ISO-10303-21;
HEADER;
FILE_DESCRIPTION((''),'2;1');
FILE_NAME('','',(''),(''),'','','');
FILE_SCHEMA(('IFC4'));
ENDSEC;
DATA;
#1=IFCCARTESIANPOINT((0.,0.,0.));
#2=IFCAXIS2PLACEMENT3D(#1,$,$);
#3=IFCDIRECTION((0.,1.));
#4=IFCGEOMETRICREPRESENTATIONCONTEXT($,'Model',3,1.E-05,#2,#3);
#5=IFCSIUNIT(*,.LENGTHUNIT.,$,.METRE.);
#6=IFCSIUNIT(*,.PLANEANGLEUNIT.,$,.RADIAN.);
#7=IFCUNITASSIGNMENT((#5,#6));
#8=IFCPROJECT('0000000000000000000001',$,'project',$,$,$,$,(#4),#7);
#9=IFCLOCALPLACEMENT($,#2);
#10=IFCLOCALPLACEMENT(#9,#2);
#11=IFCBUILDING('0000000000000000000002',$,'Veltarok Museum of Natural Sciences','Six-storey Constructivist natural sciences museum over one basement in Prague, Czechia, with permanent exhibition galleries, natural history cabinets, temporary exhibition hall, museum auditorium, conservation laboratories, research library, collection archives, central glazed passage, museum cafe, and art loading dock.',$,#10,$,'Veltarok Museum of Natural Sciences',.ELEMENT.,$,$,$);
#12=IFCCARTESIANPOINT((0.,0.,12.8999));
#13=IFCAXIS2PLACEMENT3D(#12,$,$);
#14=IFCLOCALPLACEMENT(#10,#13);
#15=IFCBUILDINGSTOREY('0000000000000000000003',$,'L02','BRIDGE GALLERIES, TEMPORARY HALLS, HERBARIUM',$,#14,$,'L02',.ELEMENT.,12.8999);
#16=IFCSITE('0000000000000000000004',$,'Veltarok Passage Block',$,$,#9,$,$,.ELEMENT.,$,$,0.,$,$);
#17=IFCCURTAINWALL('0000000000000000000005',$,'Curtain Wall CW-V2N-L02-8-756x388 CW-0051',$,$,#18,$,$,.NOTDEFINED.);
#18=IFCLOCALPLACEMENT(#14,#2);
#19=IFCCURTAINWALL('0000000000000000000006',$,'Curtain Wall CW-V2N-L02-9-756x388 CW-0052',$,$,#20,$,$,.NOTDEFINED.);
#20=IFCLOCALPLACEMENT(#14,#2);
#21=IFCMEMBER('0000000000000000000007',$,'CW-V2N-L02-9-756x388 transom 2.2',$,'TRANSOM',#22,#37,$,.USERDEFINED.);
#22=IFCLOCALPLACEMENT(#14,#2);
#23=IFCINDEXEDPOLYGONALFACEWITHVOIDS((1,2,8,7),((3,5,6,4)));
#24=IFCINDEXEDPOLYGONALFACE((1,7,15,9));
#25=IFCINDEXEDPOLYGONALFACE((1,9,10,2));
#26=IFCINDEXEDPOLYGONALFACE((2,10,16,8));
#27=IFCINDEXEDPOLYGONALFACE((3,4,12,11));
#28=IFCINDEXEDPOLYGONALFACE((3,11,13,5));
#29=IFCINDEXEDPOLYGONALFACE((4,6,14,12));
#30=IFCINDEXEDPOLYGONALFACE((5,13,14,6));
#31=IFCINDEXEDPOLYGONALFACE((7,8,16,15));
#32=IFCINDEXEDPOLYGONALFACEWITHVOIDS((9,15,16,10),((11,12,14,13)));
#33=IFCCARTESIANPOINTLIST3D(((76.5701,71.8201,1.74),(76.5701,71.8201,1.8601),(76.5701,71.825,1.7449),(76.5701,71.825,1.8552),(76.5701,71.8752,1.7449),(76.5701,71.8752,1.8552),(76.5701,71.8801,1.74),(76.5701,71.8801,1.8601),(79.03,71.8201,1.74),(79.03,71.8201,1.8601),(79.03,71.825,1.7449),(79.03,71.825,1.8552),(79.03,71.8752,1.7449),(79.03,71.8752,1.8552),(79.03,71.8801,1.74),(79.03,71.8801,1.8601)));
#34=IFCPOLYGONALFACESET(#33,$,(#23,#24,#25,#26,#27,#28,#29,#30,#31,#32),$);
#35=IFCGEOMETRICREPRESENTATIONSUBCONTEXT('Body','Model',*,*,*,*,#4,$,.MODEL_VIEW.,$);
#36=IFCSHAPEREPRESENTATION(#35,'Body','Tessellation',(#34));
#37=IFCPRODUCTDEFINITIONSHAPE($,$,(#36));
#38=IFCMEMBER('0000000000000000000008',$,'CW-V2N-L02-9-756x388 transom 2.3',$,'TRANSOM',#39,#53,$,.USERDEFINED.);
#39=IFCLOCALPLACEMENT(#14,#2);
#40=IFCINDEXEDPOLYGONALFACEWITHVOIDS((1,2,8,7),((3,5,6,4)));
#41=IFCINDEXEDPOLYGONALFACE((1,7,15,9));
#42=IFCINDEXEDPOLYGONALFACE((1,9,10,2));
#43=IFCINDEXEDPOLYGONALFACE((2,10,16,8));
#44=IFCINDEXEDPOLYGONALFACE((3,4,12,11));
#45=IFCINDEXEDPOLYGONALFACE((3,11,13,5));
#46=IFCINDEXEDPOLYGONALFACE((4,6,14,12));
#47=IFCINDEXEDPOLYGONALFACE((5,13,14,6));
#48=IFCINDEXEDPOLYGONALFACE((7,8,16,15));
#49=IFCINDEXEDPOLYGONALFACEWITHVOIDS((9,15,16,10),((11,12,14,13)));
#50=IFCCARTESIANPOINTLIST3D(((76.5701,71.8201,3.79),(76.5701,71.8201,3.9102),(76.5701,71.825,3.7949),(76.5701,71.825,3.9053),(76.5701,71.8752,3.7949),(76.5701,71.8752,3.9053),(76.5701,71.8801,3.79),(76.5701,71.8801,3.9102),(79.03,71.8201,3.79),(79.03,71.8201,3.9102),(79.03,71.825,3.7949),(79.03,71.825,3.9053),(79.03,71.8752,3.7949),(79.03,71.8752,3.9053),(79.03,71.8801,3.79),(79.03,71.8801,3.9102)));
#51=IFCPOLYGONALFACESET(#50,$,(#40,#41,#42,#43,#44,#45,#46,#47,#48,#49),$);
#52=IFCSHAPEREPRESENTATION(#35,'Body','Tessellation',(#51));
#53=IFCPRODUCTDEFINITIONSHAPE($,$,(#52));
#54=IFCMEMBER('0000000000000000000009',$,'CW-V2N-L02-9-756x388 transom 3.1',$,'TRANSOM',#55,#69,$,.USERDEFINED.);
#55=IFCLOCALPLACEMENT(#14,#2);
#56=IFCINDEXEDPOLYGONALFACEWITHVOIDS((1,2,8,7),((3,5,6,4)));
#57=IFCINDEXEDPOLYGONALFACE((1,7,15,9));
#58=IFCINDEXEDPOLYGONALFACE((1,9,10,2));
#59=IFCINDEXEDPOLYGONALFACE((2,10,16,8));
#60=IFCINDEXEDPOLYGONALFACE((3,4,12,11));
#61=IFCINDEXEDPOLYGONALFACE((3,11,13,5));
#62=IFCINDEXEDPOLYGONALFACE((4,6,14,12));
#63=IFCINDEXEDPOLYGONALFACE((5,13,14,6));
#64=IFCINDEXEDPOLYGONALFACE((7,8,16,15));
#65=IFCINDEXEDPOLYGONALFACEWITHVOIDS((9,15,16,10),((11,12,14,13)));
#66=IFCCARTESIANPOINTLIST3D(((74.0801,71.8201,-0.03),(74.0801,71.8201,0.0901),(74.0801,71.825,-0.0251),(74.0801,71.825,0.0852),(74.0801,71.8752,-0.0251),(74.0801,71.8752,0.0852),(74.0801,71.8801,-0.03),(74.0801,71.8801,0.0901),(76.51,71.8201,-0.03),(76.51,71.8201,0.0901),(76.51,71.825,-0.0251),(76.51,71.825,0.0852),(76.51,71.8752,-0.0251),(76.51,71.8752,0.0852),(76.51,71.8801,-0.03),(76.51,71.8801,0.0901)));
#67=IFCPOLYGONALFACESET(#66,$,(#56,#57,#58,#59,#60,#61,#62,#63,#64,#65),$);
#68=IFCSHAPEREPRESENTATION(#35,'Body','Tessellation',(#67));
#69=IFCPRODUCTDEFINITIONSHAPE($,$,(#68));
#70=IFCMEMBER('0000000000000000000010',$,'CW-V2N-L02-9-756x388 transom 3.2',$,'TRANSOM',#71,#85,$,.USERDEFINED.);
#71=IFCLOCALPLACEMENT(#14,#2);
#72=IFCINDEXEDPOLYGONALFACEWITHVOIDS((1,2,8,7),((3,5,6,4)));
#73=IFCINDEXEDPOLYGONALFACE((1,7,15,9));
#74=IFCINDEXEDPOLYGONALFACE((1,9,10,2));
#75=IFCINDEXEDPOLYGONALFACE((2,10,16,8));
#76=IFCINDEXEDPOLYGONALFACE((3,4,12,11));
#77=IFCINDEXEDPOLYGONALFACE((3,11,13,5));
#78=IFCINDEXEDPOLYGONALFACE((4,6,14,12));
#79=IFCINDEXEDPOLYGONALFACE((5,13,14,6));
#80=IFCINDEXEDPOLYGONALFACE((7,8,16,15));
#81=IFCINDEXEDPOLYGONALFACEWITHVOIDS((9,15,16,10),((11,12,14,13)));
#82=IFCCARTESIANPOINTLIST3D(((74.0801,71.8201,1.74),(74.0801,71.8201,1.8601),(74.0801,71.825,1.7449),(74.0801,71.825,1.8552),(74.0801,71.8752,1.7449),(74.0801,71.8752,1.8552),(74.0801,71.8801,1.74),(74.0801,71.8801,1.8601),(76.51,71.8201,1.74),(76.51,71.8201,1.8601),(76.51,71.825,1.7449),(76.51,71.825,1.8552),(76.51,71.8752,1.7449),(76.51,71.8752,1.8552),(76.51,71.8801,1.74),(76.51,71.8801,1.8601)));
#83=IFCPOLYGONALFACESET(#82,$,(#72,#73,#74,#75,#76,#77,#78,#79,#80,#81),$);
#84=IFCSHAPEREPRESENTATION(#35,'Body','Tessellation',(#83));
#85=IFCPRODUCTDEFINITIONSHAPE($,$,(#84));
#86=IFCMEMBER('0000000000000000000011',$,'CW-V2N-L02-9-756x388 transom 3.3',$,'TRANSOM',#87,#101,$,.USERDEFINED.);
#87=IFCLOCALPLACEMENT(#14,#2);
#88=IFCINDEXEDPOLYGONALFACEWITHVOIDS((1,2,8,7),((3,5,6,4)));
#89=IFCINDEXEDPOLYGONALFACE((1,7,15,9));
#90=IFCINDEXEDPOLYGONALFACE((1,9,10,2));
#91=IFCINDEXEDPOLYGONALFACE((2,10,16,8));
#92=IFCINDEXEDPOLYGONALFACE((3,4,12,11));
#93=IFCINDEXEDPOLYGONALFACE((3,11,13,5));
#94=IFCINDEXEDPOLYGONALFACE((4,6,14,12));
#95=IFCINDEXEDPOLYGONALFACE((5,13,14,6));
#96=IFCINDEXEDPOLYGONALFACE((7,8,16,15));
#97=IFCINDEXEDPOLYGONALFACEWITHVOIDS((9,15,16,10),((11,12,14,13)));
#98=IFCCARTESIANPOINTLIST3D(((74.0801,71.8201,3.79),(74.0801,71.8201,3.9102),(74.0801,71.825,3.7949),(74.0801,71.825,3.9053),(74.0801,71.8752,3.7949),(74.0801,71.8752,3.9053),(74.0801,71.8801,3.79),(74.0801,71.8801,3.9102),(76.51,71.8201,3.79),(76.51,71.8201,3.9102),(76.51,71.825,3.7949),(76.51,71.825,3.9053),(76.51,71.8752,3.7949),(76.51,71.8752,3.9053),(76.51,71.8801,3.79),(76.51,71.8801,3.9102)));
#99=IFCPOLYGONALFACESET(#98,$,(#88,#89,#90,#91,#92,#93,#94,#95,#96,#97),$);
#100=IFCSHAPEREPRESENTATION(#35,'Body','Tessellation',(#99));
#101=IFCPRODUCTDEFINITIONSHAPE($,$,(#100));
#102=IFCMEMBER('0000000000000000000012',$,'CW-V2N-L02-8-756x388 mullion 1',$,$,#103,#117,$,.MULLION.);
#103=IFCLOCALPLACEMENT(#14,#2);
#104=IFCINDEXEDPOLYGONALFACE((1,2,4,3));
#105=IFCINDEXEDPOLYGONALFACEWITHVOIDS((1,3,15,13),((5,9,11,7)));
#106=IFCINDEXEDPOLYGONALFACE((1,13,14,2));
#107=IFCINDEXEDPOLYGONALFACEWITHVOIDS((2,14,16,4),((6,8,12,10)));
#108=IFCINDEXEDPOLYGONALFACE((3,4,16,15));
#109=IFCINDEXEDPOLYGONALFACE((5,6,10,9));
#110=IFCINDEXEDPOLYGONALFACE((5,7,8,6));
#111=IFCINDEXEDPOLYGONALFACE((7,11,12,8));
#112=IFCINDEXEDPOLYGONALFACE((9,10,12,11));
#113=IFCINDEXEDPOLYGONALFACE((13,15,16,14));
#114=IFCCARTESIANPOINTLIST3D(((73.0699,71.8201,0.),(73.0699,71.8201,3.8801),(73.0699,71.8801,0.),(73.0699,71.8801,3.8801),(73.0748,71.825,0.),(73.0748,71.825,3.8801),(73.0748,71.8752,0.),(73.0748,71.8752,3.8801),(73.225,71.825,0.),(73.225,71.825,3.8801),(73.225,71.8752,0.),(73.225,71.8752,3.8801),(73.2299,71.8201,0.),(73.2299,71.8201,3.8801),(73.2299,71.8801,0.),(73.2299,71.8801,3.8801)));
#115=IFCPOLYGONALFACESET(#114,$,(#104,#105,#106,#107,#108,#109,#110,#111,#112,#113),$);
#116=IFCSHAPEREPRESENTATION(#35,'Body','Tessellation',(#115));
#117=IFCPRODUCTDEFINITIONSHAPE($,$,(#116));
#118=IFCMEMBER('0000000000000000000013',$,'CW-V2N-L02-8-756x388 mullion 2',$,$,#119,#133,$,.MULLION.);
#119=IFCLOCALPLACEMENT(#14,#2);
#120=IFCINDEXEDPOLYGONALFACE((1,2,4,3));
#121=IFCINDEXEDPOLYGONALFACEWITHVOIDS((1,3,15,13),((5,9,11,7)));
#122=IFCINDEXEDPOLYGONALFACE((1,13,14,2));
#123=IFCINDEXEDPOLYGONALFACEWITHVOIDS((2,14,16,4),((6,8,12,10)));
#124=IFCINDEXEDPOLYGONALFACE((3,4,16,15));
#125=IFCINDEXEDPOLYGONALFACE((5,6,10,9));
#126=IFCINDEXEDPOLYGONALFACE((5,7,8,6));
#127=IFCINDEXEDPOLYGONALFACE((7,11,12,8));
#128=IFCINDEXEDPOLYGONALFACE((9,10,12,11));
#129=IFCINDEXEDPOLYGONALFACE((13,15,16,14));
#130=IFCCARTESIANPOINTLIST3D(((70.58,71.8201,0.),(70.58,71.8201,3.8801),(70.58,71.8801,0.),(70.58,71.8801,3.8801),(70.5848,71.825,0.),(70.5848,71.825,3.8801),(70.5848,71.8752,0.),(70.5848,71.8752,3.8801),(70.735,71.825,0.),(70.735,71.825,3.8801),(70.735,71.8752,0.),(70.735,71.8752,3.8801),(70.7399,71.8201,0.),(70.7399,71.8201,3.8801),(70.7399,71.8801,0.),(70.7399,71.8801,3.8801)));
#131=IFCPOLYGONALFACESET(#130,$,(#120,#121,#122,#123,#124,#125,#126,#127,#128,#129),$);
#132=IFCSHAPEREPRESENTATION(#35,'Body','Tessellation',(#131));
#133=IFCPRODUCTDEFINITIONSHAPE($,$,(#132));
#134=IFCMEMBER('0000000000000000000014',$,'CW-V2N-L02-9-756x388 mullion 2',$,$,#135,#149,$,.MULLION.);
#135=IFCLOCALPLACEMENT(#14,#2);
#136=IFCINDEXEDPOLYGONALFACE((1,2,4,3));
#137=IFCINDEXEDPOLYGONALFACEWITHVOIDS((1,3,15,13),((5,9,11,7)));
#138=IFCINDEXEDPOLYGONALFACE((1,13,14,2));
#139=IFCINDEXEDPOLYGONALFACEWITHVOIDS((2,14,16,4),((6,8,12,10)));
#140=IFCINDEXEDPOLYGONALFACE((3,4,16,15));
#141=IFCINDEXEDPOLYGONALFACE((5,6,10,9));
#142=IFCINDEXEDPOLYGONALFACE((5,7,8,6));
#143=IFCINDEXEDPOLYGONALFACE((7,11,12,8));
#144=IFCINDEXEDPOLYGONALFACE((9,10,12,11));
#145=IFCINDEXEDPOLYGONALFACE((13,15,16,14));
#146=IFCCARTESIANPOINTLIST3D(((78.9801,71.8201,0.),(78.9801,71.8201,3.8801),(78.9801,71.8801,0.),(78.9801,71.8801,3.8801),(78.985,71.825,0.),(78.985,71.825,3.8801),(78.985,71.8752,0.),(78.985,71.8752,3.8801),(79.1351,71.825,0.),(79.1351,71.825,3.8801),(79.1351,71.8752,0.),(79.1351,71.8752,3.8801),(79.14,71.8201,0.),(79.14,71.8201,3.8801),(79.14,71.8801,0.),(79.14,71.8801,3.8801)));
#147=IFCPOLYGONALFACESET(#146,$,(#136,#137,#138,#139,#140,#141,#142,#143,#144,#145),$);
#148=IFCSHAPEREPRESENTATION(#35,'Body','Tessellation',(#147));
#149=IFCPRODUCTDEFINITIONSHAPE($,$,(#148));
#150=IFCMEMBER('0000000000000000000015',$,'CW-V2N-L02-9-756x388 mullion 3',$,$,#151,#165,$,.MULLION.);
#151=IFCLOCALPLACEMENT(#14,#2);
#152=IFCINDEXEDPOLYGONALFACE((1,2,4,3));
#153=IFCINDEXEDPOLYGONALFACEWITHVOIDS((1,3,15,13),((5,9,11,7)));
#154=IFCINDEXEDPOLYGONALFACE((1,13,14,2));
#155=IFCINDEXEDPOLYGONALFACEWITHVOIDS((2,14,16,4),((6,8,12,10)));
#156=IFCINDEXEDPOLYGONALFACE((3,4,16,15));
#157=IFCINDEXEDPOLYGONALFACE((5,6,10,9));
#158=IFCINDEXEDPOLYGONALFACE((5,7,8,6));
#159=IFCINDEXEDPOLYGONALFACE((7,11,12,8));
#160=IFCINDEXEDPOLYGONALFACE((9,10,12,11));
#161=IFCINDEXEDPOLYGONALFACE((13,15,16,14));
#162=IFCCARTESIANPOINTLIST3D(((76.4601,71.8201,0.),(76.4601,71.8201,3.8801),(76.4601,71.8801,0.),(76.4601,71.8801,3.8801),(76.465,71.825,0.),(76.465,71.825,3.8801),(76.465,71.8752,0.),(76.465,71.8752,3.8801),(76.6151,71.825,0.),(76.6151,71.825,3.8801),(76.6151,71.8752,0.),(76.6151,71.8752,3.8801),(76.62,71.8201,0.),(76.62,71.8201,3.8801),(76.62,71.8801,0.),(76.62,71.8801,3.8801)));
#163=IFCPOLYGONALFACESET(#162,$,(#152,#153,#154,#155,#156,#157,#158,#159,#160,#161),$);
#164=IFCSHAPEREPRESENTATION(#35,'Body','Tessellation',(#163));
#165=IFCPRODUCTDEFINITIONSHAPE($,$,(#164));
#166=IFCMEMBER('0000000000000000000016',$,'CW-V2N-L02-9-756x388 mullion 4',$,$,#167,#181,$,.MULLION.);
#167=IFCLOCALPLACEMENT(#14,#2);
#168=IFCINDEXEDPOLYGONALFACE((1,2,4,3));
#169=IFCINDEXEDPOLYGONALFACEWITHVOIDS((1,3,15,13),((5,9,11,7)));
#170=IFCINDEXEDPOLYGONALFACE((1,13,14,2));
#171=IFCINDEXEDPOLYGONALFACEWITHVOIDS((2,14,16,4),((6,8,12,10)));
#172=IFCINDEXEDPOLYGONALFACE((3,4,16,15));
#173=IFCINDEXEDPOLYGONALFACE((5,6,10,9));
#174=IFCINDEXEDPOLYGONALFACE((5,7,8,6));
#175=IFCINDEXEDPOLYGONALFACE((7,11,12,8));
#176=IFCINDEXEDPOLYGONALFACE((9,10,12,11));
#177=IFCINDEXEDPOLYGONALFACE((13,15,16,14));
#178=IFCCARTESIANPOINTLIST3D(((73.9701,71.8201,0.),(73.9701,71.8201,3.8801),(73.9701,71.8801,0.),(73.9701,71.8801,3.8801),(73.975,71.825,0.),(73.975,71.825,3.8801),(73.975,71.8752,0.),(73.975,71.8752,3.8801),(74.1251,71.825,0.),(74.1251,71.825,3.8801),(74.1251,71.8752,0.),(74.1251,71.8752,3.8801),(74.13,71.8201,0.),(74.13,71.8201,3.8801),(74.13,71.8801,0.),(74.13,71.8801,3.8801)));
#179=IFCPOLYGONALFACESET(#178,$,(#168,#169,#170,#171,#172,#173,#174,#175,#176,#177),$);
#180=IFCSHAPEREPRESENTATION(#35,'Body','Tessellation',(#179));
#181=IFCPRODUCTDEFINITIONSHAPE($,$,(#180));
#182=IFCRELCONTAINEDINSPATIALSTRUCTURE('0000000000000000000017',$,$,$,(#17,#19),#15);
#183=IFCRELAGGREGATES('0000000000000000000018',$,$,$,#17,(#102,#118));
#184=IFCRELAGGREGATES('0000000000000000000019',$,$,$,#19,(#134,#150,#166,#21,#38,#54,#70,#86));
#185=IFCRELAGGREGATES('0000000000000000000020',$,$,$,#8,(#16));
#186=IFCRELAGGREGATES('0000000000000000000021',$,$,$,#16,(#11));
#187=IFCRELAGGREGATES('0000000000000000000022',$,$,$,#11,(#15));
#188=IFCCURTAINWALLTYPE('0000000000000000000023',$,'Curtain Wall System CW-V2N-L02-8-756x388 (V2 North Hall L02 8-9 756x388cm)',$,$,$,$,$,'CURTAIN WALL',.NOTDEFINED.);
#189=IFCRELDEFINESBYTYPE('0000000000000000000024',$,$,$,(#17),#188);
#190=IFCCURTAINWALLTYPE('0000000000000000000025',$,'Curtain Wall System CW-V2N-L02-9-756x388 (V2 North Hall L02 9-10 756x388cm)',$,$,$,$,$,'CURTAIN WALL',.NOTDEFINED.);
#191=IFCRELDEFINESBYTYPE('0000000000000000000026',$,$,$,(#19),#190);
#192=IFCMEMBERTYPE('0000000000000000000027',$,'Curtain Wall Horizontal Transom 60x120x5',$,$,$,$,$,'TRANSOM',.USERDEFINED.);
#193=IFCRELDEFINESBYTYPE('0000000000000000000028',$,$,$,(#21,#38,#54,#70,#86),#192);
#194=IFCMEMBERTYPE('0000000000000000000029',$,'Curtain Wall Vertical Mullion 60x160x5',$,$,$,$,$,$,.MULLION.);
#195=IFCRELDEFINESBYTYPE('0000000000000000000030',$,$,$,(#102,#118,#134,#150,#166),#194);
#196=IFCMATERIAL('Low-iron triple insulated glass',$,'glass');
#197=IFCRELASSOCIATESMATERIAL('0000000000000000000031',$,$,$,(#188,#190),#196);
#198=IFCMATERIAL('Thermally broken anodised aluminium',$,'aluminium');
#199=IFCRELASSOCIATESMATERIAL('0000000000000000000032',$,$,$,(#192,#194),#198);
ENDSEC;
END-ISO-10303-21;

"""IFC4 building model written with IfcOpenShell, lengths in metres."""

from ifc_helpers import new_model, si_unit, direction, frame, origin, origin_2d, place, context, subcontext, project, spatial, hollow_rectangle, extrude, material, material_profile, profile_set, type_object, element, aggregate, save


model = new_model("IFC4")

# Units and contexts
model_context = context("Model", 3, precision=1e-05, world=origin(), true_north=direction((0.0, 1.0)))
body_context = subcontext(model_context, "Body", "Model", "MODEL_VIEW")
ifc_project = project(units=[si_unit("LENGTHUNIT", "METRE"), si_unit("PLANEANGLEUNIT", "RADIAN")], contexts=[model_context])

# Site, building, storey
site_placement = place(None, origin())
site = spatial("IfcSite", under=ifc_project, at=site_placement, Name="Veltarok Passage Block", CompositionType="ELEMENT", RefElevation=0.0)
building_placement = place(site_placement, origin())
building = spatial("IfcBuilding", under=site, at=building_placement, Name="Veltarok Museum of Natural Sciences", Description="Six-storey Constructivist natural sciences museum over one basement in Prague, Czechia, with permanent exhibition galleries, natural history cabinets, temporary exhibition hall, museum auditorium, conservation laboratories, research library, collection archives, central glazed passage, museum cafe, and art loading dock.", LongName="Veltarok Museum of Natural Sciences", CompositionType="ELEMENT")
storey_placement = place(building_placement, frame((0.0, 0.0, 12.8999)))
storey = spatial("IfcBuildingStorey", under=building, at=storey_placement, Name="L02", Description="BRIDGE GALLERIES, TEMPORARY HALLS, HERBARIUM", LongName="L02", CompositionType="ELEMENT", Elevation=12.8999)

# Curtain walls, members
ifc_material_1 = material(Name="Low-iron triple insulated glass", Category="glass")
curtain_wall_type_1 = type_object("IfcCurtainWallType", Name="Curtain Wall System CW-V2N-L02-8-756x388 (V2 North Hall L02 8-9 756x388cm)", ElementType="CURTAIN WALL", PredefinedType="NOTDEFINED", material=ifc_material_1)
curtain_wall_1_placement = place(storey_placement, origin())
curtain_wall_1 = element("IfcCurtainWall", 1, at=curtain_wall_1_placement, inside=storey, type_object=curtain_wall_type_1, Name="Curtain Wall CW-V2N-L02-8-756x388 CW-0051", PredefinedType="NOTDEFINED")
ifc_material_2 = material(Name="Thermally broken anodised aluminium", Category="aluminium")
ifc_material_profile_1 = material_profile(ifc_material_2, hollow_rectangle(XDim=0.0601, YDim=0.1201, WallThickness=0.0049, at=origin_2d()), Name="CW TRANSOM 60x120x5")
ifc_profile_set_1 = profile_set([ifc_material_profile_1], Name="Thermally broken anodised aluminium")
member_type_1 = type_object("IfcMemberType", Name="Curtain Wall Horizontal Transom 60x120x5", ElementType="TRANSOM", PredefinedType="USERDEFINED", material=ifc_profile_set_1)
curtain_wall_type_2 = type_object("IfcCurtainWallType", Name="Curtain Wall System CW-V2N-L02-9-756x388 (V2 North Hall L02 9-10 756x388cm)", ElementType="CURTAIN WALL", PredefinedType="NOTDEFINED", material=ifc_material_1)
curtain_wall_2_placement = place(storey_placement, origin())
curtain_wall_2 = element("IfcCurtainWall", 2, at=curtain_wall_2_placement, inside=storey, type_object=curtain_wall_type_2, Name="Curtain Wall CW-V2N-L02-9-756x388 CW-0052", PredefinedType="NOTDEFINED")
member_1_placement = place(storey_placement, frame((79.03, 71.8501, 1.8), z_axis=(-1.0, 0.0, 0.0), x_axis=(0.0, -1.0, 0.0)))
member_1 = element("IfcMember", 3, at=member_1_placement, type_object=member_type_1, Name="CW-V2N-L02-9-756x388 transom 2.2", ObjectType="TRANSOM", PredefinedType="USERDEFINED", context=body_context, shape_type="SweptSolid", body=[
    extrude(hollow_rectangle(XDim=0.0601, YDim=0.1201, WallThickness=0.0049, at=origin_2d()), origin(), (0.0, 0.0, 1.0), 2.46),
])
member_2_placement = place(storey_placement, frame((79.03, 71.8501, 3.8501), z_axis=(-1.0, 0.0, 0.0), x_axis=(0.0, -1.0, 0.0)))
member_2 = element("IfcMember", 4, at=member_2_placement, type_object=member_type_1, Name="CW-V2N-L02-9-756x388 transom 2.3", ObjectType="TRANSOM", PredefinedType="USERDEFINED", context=body_context, shape_type="SweptSolid", body=[
    extrude(hollow_rectangle(XDim=0.0601, YDim=0.1201, WallThickness=0.0049, at=origin_2d()), origin(), (0.0, 0.0, 1.0), 2.46),
])
member_3_placement = place(storey_placement, frame((76.51, 71.8501, 0.03), z_axis=(-1.0, 0.0, 0.0), x_axis=(0.0, -1.0, 0.0)))
member_3 = element("IfcMember", 5, at=member_3_placement, type_object=member_type_1, Name="CW-V2N-L02-9-756x388 transom 3.1", ObjectType="TRANSOM", PredefinedType="USERDEFINED", context=body_context, shape_type="SweptSolid", body=[
    extrude(hollow_rectangle(XDim=0.0601, YDim=0.1201, WallThickness=0.0049, at=origin_2d()), origin(), (0.0, 0.0, 1.0), 2.4299),
])
member_4_placement = place(storey_placement, frame((76.51, 71.8501, 1.8), z_axis=(-1.0, 0.0, 0.0), x_axis=(0.0, -1.0, 0.0)))
member_4 = element("IfcMember", 6, at=member_4_placement, type_object=member_type_1, Name="CW-V2N-L02-9-756x388 transom 3.2", ObjectType="TRANSOM", PredefinedType="USERDEFINED", context=body_context, shape_type="SweptSolid", body=[
    extrude(hollow_rectangle(XDim=0.0601, YDim=0.1201, WallThickness=0.0049, at=origin_2d()), origin(), (0.0, 0.0, 1.0), 2.4299),
])
member_5_placement = place(storey_placement, frame((76.51, 71.8501, 3.8501), z_axis=(-1.0, 0.0, 0.0), x_axis=(0.0, -1.0, 0.0)))
member_5 = element("IfcMember", 7, at=member_5_placement, type_object=member_type_1, Name="CW-V2N-L02-9-756x388 transom 3.3", ObjectType="TRANSOM", PredefinedType="USERDEFINED", context=body_context, shape_type="SweptSolid", body=[
    extrude(hollow_rectangle(XDim=0.0601, YDim=0.1201, WallThickness=0.0049, at=origin_2d()), origin(), (0.0, 0.0, 1.0), 2.4299),
])

# Members
ifc_material_profile_2 = material_profile(ifc_material_2, hollow_rectangle(XDim=0.0601, YDim=0.1599, WallThickness=0.0049, at=origin_2d()), Name="CW MULLION 60x160x5")
ifc_profile_set_2 = profile_set([ifc_material_profile_2], Name="Thermally broken anodised aluminium")
member_type_2 = type_object("IfcMemberType", Name="Curtain Wall Vertical Mullion 60x160x5", PredefinedType="MULLION", material=ifc_profile_set_2)
member_6_placement = place(storey_placement, frame((73.1499, 71.8501, 0.0), z_axis=(0.0, 0.0, 1.0), x_axis=(0.0, -1.0, 0.0)))
member_6 = element("IfcMember", 8, at=member_6_placement, type_object=member_type_2, Name="CW-V2N-L02-8-756x388 mullion 1", PredefinedType="MULLION", context=body_context, shape_type="SweptSolid", body=[
    extrude(hollow_rectangle(XDim=0.0601, YDim=0.1599, WallThickness=0.0049, at=origin_2d()), origin(), (0.0, 0.0, 1.0), 3.8801),
])
member_7_placement = place(storey_placement, frame((70.6599, 71.8501, 0.0), z_axis=(0.0, 0.0, 1.0), x_axis=(0.0, -1.0, 0.0)))
member_7 = element("IfcMember", 9, at=member_7_placement, type_object=member_type_2, Name="CW-V2N-L02-8-756x388 mullion 2", PredefinedType="MULLION", context=body_context, shape_type="SweptSolid", body=[
    extrude(hollow_rectangle(XDim=0.0601, YDim=0.1599, WallThickness=0.0049, at=origin_2d()), origin(), (0.0, 0.0, 1.0), 3.8801),
])
member_8_placement = place(storey_placement, frame((79.0601, 71.8501, 0.0), z_axis=(0.0, 0.0, 1.0), x_axis=(0.0, -1.0, 0.0)))
member_8 = element("IfcMember", 10, at=member_8_placement, type_object=member_type_2, Name="CW-V2N-L02-9-756x388 mullion 2", PredefinedType="MULLION", context=body_context, shape_type="SweptSolid", body=[
    extrude(hollow_rectangle(XDim=0.0601, YDim=0.1599, WallThickness=0.0049, at=origin_2d()), origin(), (0.0, 0.0, 1.0), 3.8801),
])
member_9_placement = place(storey_placement, frame((76.54, 71.8501, 0.0), z_axis=(0.0, 0.0, 1.0), x_axis=(0.0, -1.0, 0.0)))
member_9 = element("IfcMember", 11, at=member_9_placement, type_object=member_type_2, Name="CW-V2N-L02-9-756x388 mullion 3", PredefinedType="MULLION", context=body_context, shape_type="SweptSolid", body=[
    extrude(hollow_rectangle(XDim=0.0601, YDim=0.1599, WallThickness=0.0049, at=origin_2d()), origin(), (0.0, 0.0, 1.0), 3.8801),
])
member_10_placement = place(storey_placement, frame((74.05, 71.8501, 0.0), z_axis=(0.0, 0.0, 1.0), x_axis=(0.0, -1.0, 0.0)))
member_10 = element("IfcMember", 12, at=member_10_placement, type_object=member_type_2, Name="CW-V2N-L02-9-756x388 mullion 4", PredefinedType="MULLION", context=body_context, shape_type="SweptSolid", body=[
    extrude(hollow_rectangle(XDim=0.0601, YDim=0.1599, WallThickness=0.0049, at=origin_2d()), origin(), (0.0, 0.0, 1.0), 3.8801),
])

aggregate(curtain_wall_1, [member_6, member_7])
aggregate(curtain_wall_2, [member_8, member_9, member_10, member_1, member_2, member_3, member_4, member_5])

save(model, "model.ifc")
